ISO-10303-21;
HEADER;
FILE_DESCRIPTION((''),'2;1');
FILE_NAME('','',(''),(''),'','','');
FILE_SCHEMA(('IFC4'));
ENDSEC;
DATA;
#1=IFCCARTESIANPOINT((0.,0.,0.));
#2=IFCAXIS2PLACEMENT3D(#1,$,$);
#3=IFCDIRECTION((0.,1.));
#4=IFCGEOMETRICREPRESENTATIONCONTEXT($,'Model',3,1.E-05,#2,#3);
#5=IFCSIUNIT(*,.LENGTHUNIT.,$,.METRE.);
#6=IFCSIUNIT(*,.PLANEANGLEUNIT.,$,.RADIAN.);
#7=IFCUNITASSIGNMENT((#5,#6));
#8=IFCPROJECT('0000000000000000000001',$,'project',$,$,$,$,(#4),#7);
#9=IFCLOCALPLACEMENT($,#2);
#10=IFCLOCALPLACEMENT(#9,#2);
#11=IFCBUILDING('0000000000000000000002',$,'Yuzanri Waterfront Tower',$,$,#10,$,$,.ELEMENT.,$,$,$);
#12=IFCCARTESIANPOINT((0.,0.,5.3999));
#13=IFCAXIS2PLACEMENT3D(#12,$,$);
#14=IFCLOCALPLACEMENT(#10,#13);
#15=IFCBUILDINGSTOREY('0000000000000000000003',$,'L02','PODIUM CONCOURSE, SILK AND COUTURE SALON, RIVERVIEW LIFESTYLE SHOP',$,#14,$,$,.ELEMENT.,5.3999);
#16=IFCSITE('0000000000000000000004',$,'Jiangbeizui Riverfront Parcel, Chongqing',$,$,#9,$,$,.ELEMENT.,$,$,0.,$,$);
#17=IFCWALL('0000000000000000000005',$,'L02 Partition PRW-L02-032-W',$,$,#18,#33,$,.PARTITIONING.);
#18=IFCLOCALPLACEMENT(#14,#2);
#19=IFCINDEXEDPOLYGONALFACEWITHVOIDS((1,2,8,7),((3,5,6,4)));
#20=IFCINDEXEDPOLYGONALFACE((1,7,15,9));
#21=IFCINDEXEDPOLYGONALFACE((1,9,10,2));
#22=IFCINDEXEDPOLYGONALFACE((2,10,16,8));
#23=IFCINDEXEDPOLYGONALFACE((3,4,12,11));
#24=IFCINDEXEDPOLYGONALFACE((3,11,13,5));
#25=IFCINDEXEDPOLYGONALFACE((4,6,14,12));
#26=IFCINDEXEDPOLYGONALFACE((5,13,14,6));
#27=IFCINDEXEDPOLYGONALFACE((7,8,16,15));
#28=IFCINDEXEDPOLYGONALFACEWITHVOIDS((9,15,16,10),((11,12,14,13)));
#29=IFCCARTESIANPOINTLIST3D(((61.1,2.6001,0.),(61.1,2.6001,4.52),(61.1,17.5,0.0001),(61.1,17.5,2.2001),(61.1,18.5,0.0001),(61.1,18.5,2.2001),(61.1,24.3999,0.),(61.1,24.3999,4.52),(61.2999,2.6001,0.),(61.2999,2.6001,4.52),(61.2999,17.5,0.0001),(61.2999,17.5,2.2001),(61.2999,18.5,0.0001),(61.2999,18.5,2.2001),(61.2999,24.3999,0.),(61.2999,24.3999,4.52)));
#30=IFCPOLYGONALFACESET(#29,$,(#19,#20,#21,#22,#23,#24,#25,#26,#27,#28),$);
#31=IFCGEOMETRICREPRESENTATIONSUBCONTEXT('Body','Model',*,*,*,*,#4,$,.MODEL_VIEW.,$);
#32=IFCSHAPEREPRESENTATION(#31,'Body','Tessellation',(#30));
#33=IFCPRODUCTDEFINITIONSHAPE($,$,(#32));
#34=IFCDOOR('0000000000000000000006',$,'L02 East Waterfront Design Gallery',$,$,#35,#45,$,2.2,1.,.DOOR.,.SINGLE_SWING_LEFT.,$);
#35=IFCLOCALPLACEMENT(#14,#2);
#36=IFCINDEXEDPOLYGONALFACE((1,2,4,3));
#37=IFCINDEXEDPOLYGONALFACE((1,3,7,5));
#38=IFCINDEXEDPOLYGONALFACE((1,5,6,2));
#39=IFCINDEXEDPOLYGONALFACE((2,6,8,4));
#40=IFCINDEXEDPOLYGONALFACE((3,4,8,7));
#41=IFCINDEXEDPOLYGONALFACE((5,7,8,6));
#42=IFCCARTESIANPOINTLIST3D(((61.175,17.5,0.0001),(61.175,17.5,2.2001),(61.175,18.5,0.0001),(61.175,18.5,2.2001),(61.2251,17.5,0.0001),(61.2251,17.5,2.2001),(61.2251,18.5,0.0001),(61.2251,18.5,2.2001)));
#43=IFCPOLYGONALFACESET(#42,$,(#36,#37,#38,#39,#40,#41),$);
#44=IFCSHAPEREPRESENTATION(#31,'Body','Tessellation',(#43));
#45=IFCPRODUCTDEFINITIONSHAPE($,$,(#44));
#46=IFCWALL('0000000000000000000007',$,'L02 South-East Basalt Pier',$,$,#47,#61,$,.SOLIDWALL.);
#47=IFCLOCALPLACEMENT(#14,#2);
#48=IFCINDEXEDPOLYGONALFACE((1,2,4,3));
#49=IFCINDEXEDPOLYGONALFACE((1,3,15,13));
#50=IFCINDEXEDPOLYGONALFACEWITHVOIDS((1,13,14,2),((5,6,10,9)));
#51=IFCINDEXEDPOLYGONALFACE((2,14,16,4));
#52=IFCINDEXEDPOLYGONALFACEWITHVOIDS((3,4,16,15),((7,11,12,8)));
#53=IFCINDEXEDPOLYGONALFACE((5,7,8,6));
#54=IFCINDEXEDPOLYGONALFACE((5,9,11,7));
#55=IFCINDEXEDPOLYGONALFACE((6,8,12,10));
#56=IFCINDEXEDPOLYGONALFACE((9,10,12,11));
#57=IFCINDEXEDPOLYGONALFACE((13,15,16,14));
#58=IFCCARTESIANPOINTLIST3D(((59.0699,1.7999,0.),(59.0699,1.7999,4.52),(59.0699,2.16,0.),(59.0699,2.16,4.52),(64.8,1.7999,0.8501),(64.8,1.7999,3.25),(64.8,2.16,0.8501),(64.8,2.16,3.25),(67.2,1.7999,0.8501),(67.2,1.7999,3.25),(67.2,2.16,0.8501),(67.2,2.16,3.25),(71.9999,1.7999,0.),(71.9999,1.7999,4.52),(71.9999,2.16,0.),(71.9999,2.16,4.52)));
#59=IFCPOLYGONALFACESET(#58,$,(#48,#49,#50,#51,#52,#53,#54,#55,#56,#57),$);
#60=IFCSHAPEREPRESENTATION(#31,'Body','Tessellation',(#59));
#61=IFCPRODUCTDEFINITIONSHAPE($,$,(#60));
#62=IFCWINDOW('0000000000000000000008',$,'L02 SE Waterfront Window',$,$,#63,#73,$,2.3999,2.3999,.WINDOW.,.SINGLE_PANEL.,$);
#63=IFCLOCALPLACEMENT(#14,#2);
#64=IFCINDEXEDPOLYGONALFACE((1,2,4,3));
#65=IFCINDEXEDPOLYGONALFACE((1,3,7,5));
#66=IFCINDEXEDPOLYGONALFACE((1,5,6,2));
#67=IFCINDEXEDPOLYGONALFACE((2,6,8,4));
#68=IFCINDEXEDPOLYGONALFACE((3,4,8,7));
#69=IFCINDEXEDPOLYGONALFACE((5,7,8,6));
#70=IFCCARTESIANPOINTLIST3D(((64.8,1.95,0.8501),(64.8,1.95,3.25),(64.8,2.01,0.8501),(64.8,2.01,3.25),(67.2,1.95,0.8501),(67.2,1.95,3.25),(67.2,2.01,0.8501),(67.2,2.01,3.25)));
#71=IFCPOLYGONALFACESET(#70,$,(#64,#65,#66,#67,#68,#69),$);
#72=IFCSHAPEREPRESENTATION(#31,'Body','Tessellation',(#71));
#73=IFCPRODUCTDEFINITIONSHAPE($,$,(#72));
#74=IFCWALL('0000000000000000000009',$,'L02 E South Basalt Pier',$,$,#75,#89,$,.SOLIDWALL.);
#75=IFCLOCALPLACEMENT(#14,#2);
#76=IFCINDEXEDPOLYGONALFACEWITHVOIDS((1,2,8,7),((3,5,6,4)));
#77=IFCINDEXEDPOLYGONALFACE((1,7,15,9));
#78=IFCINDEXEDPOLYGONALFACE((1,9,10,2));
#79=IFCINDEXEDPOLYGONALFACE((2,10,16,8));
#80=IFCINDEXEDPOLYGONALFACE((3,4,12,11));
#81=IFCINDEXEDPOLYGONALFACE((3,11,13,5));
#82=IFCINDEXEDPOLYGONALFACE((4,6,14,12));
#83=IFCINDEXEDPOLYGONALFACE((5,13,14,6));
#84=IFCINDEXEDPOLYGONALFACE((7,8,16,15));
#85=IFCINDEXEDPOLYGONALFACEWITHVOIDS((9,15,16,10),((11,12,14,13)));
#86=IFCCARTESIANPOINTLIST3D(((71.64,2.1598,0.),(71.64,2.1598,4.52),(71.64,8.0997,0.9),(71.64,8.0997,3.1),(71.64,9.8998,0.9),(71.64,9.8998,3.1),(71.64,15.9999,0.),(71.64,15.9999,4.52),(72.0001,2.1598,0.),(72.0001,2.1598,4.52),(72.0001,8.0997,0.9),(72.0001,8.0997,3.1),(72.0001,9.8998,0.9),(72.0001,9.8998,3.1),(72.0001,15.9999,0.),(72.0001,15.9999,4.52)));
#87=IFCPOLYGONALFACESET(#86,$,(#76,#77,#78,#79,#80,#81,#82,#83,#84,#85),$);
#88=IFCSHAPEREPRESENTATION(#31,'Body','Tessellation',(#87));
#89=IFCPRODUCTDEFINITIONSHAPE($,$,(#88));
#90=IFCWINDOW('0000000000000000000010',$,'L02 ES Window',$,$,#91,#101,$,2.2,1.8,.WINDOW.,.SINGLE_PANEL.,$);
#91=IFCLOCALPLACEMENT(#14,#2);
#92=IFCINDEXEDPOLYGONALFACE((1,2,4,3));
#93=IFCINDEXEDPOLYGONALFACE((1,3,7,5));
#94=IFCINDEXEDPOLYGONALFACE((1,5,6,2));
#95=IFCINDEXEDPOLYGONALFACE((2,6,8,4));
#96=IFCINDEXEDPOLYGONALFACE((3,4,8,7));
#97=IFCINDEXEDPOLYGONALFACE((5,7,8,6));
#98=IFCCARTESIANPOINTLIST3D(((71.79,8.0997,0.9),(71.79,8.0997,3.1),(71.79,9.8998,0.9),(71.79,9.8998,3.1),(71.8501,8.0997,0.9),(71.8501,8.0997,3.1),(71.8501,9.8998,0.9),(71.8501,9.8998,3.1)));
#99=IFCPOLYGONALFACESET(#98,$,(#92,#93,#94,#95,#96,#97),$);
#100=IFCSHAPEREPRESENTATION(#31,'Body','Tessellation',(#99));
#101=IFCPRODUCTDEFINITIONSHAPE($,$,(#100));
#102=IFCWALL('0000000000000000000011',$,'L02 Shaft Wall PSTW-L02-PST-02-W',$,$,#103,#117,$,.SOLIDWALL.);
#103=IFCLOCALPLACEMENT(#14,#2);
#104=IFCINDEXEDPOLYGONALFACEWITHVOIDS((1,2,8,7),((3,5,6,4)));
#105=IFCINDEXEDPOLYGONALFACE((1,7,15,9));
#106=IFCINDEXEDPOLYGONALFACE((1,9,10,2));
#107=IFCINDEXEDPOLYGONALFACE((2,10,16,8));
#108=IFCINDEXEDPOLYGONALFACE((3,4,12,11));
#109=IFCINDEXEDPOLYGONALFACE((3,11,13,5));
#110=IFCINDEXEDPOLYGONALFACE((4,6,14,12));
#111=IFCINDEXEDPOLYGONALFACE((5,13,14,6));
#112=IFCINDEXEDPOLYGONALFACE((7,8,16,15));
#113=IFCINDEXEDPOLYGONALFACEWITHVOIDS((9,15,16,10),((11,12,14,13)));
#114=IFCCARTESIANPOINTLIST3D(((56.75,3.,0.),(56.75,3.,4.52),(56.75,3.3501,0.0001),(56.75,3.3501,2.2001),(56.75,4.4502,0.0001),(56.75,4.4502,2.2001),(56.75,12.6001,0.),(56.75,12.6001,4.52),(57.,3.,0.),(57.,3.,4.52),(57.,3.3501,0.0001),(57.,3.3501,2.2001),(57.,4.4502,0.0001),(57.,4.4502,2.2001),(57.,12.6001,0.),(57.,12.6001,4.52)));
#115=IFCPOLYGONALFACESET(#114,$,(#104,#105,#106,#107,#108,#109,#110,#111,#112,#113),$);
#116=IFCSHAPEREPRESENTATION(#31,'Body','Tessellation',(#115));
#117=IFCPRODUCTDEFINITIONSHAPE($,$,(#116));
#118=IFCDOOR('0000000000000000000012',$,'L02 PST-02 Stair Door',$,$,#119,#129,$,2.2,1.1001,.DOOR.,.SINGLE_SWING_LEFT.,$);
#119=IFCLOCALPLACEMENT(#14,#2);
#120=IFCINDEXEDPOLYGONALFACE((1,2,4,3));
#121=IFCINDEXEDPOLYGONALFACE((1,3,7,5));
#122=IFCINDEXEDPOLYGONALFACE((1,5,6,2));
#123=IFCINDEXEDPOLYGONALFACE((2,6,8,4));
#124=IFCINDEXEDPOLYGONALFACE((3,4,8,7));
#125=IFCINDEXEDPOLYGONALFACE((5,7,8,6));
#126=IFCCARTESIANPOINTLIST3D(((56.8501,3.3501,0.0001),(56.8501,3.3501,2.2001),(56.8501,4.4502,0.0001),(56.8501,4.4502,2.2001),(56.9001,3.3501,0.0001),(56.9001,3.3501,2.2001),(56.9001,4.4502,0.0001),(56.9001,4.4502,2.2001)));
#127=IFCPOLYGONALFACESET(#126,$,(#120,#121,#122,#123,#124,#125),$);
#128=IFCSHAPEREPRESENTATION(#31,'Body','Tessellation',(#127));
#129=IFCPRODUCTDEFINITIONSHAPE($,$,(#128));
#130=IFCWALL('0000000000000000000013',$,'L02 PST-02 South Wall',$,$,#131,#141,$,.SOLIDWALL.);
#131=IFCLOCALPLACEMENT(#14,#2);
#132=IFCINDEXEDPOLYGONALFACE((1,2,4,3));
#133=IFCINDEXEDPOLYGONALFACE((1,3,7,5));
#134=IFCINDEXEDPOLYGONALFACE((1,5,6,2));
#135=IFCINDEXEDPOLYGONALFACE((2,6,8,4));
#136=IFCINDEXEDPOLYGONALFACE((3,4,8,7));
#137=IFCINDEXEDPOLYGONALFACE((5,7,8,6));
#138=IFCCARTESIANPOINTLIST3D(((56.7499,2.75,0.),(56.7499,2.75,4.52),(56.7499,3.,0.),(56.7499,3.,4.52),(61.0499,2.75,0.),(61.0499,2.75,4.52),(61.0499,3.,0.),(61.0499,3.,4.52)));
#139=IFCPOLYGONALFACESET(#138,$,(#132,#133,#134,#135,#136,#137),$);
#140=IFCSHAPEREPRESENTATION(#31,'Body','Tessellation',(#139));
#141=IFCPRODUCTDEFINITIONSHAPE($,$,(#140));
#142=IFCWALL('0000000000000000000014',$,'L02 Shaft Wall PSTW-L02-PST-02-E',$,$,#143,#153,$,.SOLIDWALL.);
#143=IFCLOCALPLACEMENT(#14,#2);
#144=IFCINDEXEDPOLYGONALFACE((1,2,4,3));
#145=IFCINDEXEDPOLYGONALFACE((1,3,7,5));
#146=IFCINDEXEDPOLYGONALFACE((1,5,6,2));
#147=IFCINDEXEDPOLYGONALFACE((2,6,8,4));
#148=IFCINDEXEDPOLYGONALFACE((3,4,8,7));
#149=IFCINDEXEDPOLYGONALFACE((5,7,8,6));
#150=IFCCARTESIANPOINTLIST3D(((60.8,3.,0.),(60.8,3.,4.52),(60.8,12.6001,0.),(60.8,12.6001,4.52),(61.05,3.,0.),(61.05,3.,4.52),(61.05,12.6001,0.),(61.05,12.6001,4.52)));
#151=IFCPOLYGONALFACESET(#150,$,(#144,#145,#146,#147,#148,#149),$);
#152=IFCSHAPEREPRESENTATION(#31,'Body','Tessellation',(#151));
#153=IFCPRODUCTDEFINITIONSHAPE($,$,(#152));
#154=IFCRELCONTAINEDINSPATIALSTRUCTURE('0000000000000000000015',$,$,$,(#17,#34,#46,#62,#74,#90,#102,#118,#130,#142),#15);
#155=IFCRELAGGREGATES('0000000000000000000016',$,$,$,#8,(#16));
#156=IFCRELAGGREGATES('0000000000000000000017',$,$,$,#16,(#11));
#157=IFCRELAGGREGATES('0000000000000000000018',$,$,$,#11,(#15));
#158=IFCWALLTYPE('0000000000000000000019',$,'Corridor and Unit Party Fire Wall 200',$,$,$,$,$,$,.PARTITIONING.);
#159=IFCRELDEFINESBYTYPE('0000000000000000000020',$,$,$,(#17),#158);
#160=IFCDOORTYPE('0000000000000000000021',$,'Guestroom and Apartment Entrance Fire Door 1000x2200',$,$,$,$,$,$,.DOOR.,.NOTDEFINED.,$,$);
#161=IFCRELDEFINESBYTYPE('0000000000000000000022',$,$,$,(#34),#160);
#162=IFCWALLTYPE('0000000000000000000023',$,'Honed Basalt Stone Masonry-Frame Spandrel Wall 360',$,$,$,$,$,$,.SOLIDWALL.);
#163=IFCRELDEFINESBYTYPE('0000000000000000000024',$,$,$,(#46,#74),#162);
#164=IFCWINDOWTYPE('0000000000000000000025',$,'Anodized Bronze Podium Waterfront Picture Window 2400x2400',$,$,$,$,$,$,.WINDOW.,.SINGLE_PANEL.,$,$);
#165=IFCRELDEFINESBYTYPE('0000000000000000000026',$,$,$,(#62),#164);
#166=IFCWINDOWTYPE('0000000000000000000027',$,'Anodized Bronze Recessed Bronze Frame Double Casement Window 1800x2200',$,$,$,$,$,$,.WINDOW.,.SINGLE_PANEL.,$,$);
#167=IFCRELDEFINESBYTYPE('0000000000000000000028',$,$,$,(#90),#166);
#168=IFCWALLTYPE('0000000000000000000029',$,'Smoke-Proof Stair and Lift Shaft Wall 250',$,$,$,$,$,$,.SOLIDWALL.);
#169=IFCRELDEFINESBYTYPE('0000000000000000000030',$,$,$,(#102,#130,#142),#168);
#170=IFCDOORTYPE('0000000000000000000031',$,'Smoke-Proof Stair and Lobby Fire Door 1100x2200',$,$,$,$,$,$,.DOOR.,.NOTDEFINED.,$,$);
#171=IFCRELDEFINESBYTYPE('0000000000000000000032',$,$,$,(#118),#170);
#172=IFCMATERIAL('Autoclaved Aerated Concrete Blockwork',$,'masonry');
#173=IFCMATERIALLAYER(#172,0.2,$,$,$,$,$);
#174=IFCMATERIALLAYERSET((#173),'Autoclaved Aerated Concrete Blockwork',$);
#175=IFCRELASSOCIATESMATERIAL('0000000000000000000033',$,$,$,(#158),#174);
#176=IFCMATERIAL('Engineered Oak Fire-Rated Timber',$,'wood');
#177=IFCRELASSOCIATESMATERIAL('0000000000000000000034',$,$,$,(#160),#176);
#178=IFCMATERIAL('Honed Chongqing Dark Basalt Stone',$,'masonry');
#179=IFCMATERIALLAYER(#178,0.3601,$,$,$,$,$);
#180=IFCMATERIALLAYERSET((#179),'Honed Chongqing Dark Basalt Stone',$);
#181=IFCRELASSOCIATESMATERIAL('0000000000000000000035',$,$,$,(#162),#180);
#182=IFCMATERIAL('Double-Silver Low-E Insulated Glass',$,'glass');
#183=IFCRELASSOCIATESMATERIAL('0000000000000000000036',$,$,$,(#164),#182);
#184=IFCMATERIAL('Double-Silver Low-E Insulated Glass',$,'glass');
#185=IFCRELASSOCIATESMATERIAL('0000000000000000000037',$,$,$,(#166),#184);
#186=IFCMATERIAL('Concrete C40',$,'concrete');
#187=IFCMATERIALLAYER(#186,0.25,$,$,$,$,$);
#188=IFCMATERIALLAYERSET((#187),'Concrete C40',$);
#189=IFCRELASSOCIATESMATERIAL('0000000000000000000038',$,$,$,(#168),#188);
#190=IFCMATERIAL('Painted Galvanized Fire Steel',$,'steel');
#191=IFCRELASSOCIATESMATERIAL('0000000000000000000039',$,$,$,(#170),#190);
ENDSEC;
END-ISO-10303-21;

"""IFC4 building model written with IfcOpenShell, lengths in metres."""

from ifc_helpers import new_model, si_unit, direction, frame, frame_2d, origin, place, context, subcontext, project, spatial, rectangle, extrude, source, transform, mapped, material, layer, layer_set, type_object, element, fill, save


model = new_model("IFC4")

# Units and contexts
model_context = context("Model", 3, precision=1e-05, world=origin(), true_north=direction((0.0, 1.0)))
body_context = subcontext(model_context, "Body", "Model", "MODEL_VIEW")
ifc_project = project(units=[si_unit("LENGTHUNIT", "METRE"), si_unit("PLANEANGLEUNIT", "RADIAN")], contexts=[model_context])

# Site, building, storey
site_placement = place(None, origin())
site = spatial("IfcSite", under=ifc_project, at=site_placement, Name="Jiangbeizui Riverfront Parcel, Chongqing", CompositionType="ELEMENT", RefElevation=0.0)
building_placement = place(site_placement, origin())
building = spatial("IfcBuilding", under=site, at=building_placement, Name="Yuzanri Waterfront Tower", CompositionType="ELEMENT")
storey_placement = place(building_placement, frame((0.0, 0.0, 5.3999)))
storey = spatial("IfcBuildingStorey", under=building, at=storey_placement, Name="L02", Description="PODIUM CONCOURSE, SILK AND COUTURE SALON, RIVERVIEW LIFESTYLE SHOP", CompositionType="ELEMENT", Elevation=5.3999)

# Wall, opening, door
ifc_material_1 = material(Name="Autoclaved Aerated Concrete Blockwork", Category="masonry")
ifc_layer_1 = layer(ifc_material_1, 0.2)
ifc_layer_set_1 = layer_set([ifc_layer_1], Name="Autoclaved Aerated Concrete Blockwork")
wall_type_1 = type_object("IfcWallType", Name="Corridor and Unit Party Fire Wall 200", PredefinedType="PARTITIONING", material=ifc_layer_set_1)
wall_1_placement = place(storey_placement, frame((61.2, 2.6001, 0.0), z_axis=(0.0, 0.0, 1.0), x_axis=(0.0, 1.0, 0.0)))
wall_1 = element("IfcWall", 1, at=wall_1_placement, inside=storey, type_object=wall_type_1, Name="L02 Partition PRW-L02-032-W", PredefinedType="PARTITIONING", context=body_context, shape_type="SweptSolid", body=[
    extrude(rectangle(XDim=21.7998, YDim=0.2, at=frame_2d((10.8999, 0.0))), origin(), (0.0, 0.0, 1.0), 4.52),
])
opening_1_placement = place(wall_1_placement, frame((14.8999, 0.0, 0.0)))
opening_1 = element("IfcOpeningElement", 2, at=opening_1_placement, cuts=wall_1, PredefinedType="OPENING", context=body_context, shape_type="SweptSolid", body=[
    extrude(rectangle(XDim=1.0, YDim=2.2, at=frame_2d((0.5, 1.1001))), frame((0.0, 0.1147, 0.0), z_axis=(0.0, -1.0, 0.0), x_axis=(1.0, 0.0, 0.0)), (0.0, 0.0, 1.0), 0.2297),
])
ifc_material_2 = material(Name="Engineered Oak Fire-Rated Timber", Category="wood")
door_type_1 = type_object("IfcDoorType", Name="Guestroom and Apartment Entrance Fire Door 1000x2200", OperationType="NOTDEFINED", PredefinedType="DOOR", material=ifc_material_2)
shared_shape_1 = source(origin(), body_context, "Body", "SweptSolid", [
    extrude(rectangle(XDim=1.0, YDim=2.2, at=frame_2d((0.5, 1.1001))), frame((0.0, 0.0249, 0.0), z_axis=(0.0, -1.0, 0.0), x_axis=(1.0, 0.0, 0.0)), (0.0, 0.0, 1.0), 0.05),
])
door_1_placement = place(opening_1_placement, origin())
door_1 = element("IfcDoor", 3, at=door_1_placement, inside=storey, type_object=door_type_1, Name="L02 East Waterfront Design Gallery", OperationType="SINGLE_SWING_LEFT", OverallHeight=2.2, OverallWidth=1.0, PredefinedType="DOOR", context=body_context, shape_type="MappedRepresentation", body=[
    mapped(shared_shape_1, transform((0.0, 0.0, 0.0), scale=1.0)),
])
fill(opening_1, door_1)

# Walls, openings, windows
ifc_material_3 = material(Name="Honed Chongqing Dark Basalt Stone", Category="masonry")
ifc_layer_2 = layer(ifc_material_3, 0.3601)
ifc_layer_set_2 = layer_set([ifc_layer_2], Name="Honed Chongqing Dark Basalt Stone")
wall_type_2 = type_object("IfcWallType", Name="Honed Basalt Stone Masonry-Frame Spandrel Wall 360", PredefinedType="SOLIDWALL", material=ifc_layer_set_2)
wall_2_placement = place(storey_placement, frame((59.0701, 1.98, 0.0), z_axis=(0.0, 0.0, 1.0), x_axis=(1.0, 0.0, 0.0)))
wall_2 = element("IfcWall", 4, at=wall_2_placement, inside=storey, type_object=wall_type_2, Name="L02 South-East Basalt Pier", PredefinedType="SOLIDWALL", context=body_context, shape_type="SweptSolid", body=[
    extrude(rectangle(XDim=12.9299, YDim=0.3601, at=frame_2d((6.4648, 0.0))), origin(), (0.0, 0.0, 1.0), 4.52),
])
opening_2_placement = place(wall_2_placement, frame((5.73, 0.0, 0.8501)))
opening_2 = element("IfcOpeningElement", 5, at=opening_2_placement, cuts=wall_2, PredefinedType="OPENING", context=body_context, shape_type="SweptSolid", body=[
    extrude(rectangle(XDim=2.3999, YDim=2.3999, at=frame_2d((1.2, 1.2))), frame((0.0, 0.1948, 0.0), z_axis=(0.0, -1.0, 0.0), x_axis=(1.0, 0.0, 0.0)), (0.0, 0.0, 1.0), 0.3899),
])
ifc_material_4 = material(Name="Double-Silver Low-E Insulated Glass", Category="glass")
window_type_1 = type_object("IfcWindowType", Name="Anodized Bronze Podium Waterfront Picture Window 2400x2400", PartitioningType="SINGLE_PANEL", PredefinedType="WINDOW", material=ifc_material_4)
shared_shape_2 = source(origin(), body_context, "Body", "SweptSolid", [
    extrude(rectangle(XDim=2.3999, YDim=2.3999, at=frame_2d((1.2, 1.2))), frame((0.0, 0.03, 0.0), z_axis=(0.0, -1.0, 0.0), x_axis=(1.0, 0.0, 0.0)), (0.0, 0.0, 1.0), 0.0601),
])
window_1_placement = place(opening_2_placement, origin())
window_1 = element("IfcWindow", 6, at=window_1_placement, inside=storey, type_object=window_type_1, Name="L02 SE Waterfront Window", OverallHeight=2.3999, OverallWidth=2.3999, PartitioningType="SINGLE_PANEL", PredefinedType="WINDOW", context=body_context, shape_type="MappedRepresentation", body=[
    mapped(shared_shape_2, transform((0.0, 0.0, 0.0), scale=1.0)),
])
fill(opening_2, window_1)
wall_3_placement = place(storey_placement, frame((71.8201, 2.1599, 0.0), z_axis=(0.0, 0.0, 1.0), x_axis=(0.0, 1.0, 0.0)))
wall_3 = element("IfcWall", 7, at=wall_3_placement, inside=storey, type_object=wall_type_2, Name="L02 E South Basalt Pier", PredefinedType="SOLIDWALL", context=body_context, shape_type="SweptSolid", body=[
    extrude(rectangle(XDim=13.8401, YDim=0.3601, at=frame_2d((6.9199, 0.0))), origin(), (0.0, 0.0, 1.0), 4.52),
])
opening_3_placement = place(wall_3_placement, frame((5.9399, 0.0, 0.8999)))
opening_3 = element("IfcOpeningElement", 8, at=opening_3_placement, cuts=wall_3, PredefinedType="OPENING", context=body_context, shape_type="SweptSolid", body=[
    extrude(rectangle(XDim=1.8, YDim=2.2, at=frame_2d((0.8999, 1.1001))), frame((0.0, 0.1948, 0.0), z_axis=(0.0, -1.0, 0.0), x_axis=(1.0, 0.0, 0.0)), (0.0, 0.0, 1.0), 0.3899),
])
ifc_material_5 = material(Name="Double-Silver Low-E Insulated Glass", Category="glass")
window_type_2 = type_object("IfcWindowType", Name="Anodized Bronze Recessed Bronze Frame Double Casement Window 1800x2200", PartitioningType="SINGLE_PANEL", PredefinedType="WINDOW", material=ifc_material_5)
shared_shape_3 = source(origin(), body_context, "Body", "SweptSolid", [
    extrude(rectangle(XDim=1.8, YDim=2.2, at=frame_2d((0.8999, 1.1001))), frame((0.0, 0.03, 0.0), z_axis=(0.0, -1.0, 0.0), x_axis=(1.0, 0.0, 0.0)), (0.0, 0.0, 1.0), 0.0601),
])
window_2_placement = place(opening_3_placement, origin())
window_2 = element("IfcWindow", 9, at=window_2_placement, inside=storey, type_object=window_type_2, Name="L02 ES Window", OverallHeight=2.2, OverallWidth=1.8, PartitioningType="SINGLE_PANEL", PredefinedType="WINDOW", context=body_context, shape_type="MappedRepresentation", body=[
    mapped(shared_shape_3, transform((0.0, 0.0, 0.0), scale=1.0)),
])
fill(opening_3, window_2)

# Wall, opening, door
ifc_material_6 = material(Name="Concrete C40", Category="concrete")
ifc_layer_3 = layer(ifc_material_6, 0.25)
ifc_layer_set_3 = layer_set([ifc_layer_3], Name="Concrete C40")
wall_type_3 = type_object("IfcWallType", Name="Smoke-Proof Stair and Lift Shaft Wall 250", PredefinedType="SOLIDWALL", material=ifc_layer_set_3)
wall_4_placement = place(storey_placement, frame((56.875, 3.0, 0.0), z_axis=(0.0, 0.0, 1.0), x_axis=(0.0, 1.0, 0.0)))
wall_4 = element("IfcWall", 10, at=wall_4_placement, inside=storey, type_object=wall_type_3, Name="L02 Shaft Wall PSTW-L02-PST-02-W", PredefinedType="SOLIDWALL", context=body_context, shape_type="SweptSolid", body=[
    extrude(rectangle(XDim=9.6001, YDim=0.25, at=frame_2d((4.8, 0.0))), origin(), (0.0, 0.0, 1.0), 4.52),
])
opening_4_placement = place(wall_4_placement, frame((0.3501, 0.0, 0.0)))
opening_4 = element("IfcOpeningElement", 11, at=opening_4_placement, cuts=wall_4, PredefinedType="OPENING", context=body_context, shape_type="SweptSolid", body=[
    extrude(rectangle(XDim=1.1001, YDim=2.2, at=frame_2d((0.55, 1.1001))), frame((0.0, 0.1399, 0.0), z_axis=(0.0, -1.0, 0.0), x_axis=(1.0, 0.0, 0.0)), (0.0, 0.0, 1.0), 0.2798),
])
ifc_material_7 = material(Name="Painted Galvanized Fire Steel", Category="steel")
door_type_2 = type_object("IfcDoorType", Name="Smoke-Proof Stair and Lobby Fire Door 1100x2200", OperationType="NOTDEFINED", PredefinedType="DOOR", material=ifc_material_7)
shared_shape_4 = source(origin(), body_context, "Body", "SweptSolid", [
    extrude(rectangle(XDim=1.1001, YDim=2.2, at=frame_2d((0.55, 1.1001))), frame((0.0, 0.0249, 0.0), z_axis=(0.0, -1.0, 0.0), x_axis=(1.0, 0.0, 0.0)), (0.0, 0.0, 1.0), 0.05),
])
door_2_placement = place(opening_4_placement, origin())
door_2 = element("IfcDoor", 12, at=door_2_placement, inside=storey, type_object=door_type_2, Name="L02 PST-02 Stair Door", OperationType="SINGLE_SWING_LEFT", OverallHeight=2.2, OverallWidth=1.1001, PredefinedType="DOOR", context=body_context, shape_type="MappedRepresentation", body=[
    mapped(shared_shape_4, transform((0.0, 0.0, 0.0), scale=1.0)),
])
fill(opening_4, door_2)

# Walls
shared_shape_5 = source(origin(), body_context, "Body", "SweptSolid", [
    extrude(rectangle(XDim=4.3, YDim=0.25, at=frame_2d((2.1499, 0.0))), origin(), (0.0, 0.0, 1.0), 4.52),
])
wall_5_placement = place(storey_placement, frame((56.75, 2.875, 0.0), z_axis=(0.0, 0.0, 1.0), x_axis=(1.0, 0.0, 0.0)))
element("IfcWall", 13, at=wall_5_placement, inside=storey, type_object=wall_type_3, Name="L02 PST-02 South Wall", PredefinedType="SOLIDWALL", context=body_context, shape_type="MappedRepresentation", body=[
    mapped(shared_shape_5, transform((0.0, 0.0, 0.0), scale=1.0)),
])
shared_shape_6 = source(origin(), body_context, "Body", "SweptSolid", [
    extrude(rectangle(XDim=9.6001, YDim=0.25, at=frame_2d((4.8, 0.0))), origin(), (0.0, 0.0, 1.0), 4.52),
])
wall_6_placement = place(storey_placement, frame((60.925, 3.0, 0.0), z_axis=(0.0, 0.0, 1.0), x_axis=(0.0, 1.0, 0.0)))
element("IfcWall", 14, at=wall_6_placement, inside=storey, type_object=wall_type_3, Name="L02 Shaft Wall PSTW-L02-PST-02-E", PredefinedType="SOLIDWALL", context=body_context, shape_type="MappedRepresentation", body=[
    mapped(shared_shape_6, transform((0.0, 0.0, 0.0), scale=1.0)),
])

save(model, "model.ifc")
